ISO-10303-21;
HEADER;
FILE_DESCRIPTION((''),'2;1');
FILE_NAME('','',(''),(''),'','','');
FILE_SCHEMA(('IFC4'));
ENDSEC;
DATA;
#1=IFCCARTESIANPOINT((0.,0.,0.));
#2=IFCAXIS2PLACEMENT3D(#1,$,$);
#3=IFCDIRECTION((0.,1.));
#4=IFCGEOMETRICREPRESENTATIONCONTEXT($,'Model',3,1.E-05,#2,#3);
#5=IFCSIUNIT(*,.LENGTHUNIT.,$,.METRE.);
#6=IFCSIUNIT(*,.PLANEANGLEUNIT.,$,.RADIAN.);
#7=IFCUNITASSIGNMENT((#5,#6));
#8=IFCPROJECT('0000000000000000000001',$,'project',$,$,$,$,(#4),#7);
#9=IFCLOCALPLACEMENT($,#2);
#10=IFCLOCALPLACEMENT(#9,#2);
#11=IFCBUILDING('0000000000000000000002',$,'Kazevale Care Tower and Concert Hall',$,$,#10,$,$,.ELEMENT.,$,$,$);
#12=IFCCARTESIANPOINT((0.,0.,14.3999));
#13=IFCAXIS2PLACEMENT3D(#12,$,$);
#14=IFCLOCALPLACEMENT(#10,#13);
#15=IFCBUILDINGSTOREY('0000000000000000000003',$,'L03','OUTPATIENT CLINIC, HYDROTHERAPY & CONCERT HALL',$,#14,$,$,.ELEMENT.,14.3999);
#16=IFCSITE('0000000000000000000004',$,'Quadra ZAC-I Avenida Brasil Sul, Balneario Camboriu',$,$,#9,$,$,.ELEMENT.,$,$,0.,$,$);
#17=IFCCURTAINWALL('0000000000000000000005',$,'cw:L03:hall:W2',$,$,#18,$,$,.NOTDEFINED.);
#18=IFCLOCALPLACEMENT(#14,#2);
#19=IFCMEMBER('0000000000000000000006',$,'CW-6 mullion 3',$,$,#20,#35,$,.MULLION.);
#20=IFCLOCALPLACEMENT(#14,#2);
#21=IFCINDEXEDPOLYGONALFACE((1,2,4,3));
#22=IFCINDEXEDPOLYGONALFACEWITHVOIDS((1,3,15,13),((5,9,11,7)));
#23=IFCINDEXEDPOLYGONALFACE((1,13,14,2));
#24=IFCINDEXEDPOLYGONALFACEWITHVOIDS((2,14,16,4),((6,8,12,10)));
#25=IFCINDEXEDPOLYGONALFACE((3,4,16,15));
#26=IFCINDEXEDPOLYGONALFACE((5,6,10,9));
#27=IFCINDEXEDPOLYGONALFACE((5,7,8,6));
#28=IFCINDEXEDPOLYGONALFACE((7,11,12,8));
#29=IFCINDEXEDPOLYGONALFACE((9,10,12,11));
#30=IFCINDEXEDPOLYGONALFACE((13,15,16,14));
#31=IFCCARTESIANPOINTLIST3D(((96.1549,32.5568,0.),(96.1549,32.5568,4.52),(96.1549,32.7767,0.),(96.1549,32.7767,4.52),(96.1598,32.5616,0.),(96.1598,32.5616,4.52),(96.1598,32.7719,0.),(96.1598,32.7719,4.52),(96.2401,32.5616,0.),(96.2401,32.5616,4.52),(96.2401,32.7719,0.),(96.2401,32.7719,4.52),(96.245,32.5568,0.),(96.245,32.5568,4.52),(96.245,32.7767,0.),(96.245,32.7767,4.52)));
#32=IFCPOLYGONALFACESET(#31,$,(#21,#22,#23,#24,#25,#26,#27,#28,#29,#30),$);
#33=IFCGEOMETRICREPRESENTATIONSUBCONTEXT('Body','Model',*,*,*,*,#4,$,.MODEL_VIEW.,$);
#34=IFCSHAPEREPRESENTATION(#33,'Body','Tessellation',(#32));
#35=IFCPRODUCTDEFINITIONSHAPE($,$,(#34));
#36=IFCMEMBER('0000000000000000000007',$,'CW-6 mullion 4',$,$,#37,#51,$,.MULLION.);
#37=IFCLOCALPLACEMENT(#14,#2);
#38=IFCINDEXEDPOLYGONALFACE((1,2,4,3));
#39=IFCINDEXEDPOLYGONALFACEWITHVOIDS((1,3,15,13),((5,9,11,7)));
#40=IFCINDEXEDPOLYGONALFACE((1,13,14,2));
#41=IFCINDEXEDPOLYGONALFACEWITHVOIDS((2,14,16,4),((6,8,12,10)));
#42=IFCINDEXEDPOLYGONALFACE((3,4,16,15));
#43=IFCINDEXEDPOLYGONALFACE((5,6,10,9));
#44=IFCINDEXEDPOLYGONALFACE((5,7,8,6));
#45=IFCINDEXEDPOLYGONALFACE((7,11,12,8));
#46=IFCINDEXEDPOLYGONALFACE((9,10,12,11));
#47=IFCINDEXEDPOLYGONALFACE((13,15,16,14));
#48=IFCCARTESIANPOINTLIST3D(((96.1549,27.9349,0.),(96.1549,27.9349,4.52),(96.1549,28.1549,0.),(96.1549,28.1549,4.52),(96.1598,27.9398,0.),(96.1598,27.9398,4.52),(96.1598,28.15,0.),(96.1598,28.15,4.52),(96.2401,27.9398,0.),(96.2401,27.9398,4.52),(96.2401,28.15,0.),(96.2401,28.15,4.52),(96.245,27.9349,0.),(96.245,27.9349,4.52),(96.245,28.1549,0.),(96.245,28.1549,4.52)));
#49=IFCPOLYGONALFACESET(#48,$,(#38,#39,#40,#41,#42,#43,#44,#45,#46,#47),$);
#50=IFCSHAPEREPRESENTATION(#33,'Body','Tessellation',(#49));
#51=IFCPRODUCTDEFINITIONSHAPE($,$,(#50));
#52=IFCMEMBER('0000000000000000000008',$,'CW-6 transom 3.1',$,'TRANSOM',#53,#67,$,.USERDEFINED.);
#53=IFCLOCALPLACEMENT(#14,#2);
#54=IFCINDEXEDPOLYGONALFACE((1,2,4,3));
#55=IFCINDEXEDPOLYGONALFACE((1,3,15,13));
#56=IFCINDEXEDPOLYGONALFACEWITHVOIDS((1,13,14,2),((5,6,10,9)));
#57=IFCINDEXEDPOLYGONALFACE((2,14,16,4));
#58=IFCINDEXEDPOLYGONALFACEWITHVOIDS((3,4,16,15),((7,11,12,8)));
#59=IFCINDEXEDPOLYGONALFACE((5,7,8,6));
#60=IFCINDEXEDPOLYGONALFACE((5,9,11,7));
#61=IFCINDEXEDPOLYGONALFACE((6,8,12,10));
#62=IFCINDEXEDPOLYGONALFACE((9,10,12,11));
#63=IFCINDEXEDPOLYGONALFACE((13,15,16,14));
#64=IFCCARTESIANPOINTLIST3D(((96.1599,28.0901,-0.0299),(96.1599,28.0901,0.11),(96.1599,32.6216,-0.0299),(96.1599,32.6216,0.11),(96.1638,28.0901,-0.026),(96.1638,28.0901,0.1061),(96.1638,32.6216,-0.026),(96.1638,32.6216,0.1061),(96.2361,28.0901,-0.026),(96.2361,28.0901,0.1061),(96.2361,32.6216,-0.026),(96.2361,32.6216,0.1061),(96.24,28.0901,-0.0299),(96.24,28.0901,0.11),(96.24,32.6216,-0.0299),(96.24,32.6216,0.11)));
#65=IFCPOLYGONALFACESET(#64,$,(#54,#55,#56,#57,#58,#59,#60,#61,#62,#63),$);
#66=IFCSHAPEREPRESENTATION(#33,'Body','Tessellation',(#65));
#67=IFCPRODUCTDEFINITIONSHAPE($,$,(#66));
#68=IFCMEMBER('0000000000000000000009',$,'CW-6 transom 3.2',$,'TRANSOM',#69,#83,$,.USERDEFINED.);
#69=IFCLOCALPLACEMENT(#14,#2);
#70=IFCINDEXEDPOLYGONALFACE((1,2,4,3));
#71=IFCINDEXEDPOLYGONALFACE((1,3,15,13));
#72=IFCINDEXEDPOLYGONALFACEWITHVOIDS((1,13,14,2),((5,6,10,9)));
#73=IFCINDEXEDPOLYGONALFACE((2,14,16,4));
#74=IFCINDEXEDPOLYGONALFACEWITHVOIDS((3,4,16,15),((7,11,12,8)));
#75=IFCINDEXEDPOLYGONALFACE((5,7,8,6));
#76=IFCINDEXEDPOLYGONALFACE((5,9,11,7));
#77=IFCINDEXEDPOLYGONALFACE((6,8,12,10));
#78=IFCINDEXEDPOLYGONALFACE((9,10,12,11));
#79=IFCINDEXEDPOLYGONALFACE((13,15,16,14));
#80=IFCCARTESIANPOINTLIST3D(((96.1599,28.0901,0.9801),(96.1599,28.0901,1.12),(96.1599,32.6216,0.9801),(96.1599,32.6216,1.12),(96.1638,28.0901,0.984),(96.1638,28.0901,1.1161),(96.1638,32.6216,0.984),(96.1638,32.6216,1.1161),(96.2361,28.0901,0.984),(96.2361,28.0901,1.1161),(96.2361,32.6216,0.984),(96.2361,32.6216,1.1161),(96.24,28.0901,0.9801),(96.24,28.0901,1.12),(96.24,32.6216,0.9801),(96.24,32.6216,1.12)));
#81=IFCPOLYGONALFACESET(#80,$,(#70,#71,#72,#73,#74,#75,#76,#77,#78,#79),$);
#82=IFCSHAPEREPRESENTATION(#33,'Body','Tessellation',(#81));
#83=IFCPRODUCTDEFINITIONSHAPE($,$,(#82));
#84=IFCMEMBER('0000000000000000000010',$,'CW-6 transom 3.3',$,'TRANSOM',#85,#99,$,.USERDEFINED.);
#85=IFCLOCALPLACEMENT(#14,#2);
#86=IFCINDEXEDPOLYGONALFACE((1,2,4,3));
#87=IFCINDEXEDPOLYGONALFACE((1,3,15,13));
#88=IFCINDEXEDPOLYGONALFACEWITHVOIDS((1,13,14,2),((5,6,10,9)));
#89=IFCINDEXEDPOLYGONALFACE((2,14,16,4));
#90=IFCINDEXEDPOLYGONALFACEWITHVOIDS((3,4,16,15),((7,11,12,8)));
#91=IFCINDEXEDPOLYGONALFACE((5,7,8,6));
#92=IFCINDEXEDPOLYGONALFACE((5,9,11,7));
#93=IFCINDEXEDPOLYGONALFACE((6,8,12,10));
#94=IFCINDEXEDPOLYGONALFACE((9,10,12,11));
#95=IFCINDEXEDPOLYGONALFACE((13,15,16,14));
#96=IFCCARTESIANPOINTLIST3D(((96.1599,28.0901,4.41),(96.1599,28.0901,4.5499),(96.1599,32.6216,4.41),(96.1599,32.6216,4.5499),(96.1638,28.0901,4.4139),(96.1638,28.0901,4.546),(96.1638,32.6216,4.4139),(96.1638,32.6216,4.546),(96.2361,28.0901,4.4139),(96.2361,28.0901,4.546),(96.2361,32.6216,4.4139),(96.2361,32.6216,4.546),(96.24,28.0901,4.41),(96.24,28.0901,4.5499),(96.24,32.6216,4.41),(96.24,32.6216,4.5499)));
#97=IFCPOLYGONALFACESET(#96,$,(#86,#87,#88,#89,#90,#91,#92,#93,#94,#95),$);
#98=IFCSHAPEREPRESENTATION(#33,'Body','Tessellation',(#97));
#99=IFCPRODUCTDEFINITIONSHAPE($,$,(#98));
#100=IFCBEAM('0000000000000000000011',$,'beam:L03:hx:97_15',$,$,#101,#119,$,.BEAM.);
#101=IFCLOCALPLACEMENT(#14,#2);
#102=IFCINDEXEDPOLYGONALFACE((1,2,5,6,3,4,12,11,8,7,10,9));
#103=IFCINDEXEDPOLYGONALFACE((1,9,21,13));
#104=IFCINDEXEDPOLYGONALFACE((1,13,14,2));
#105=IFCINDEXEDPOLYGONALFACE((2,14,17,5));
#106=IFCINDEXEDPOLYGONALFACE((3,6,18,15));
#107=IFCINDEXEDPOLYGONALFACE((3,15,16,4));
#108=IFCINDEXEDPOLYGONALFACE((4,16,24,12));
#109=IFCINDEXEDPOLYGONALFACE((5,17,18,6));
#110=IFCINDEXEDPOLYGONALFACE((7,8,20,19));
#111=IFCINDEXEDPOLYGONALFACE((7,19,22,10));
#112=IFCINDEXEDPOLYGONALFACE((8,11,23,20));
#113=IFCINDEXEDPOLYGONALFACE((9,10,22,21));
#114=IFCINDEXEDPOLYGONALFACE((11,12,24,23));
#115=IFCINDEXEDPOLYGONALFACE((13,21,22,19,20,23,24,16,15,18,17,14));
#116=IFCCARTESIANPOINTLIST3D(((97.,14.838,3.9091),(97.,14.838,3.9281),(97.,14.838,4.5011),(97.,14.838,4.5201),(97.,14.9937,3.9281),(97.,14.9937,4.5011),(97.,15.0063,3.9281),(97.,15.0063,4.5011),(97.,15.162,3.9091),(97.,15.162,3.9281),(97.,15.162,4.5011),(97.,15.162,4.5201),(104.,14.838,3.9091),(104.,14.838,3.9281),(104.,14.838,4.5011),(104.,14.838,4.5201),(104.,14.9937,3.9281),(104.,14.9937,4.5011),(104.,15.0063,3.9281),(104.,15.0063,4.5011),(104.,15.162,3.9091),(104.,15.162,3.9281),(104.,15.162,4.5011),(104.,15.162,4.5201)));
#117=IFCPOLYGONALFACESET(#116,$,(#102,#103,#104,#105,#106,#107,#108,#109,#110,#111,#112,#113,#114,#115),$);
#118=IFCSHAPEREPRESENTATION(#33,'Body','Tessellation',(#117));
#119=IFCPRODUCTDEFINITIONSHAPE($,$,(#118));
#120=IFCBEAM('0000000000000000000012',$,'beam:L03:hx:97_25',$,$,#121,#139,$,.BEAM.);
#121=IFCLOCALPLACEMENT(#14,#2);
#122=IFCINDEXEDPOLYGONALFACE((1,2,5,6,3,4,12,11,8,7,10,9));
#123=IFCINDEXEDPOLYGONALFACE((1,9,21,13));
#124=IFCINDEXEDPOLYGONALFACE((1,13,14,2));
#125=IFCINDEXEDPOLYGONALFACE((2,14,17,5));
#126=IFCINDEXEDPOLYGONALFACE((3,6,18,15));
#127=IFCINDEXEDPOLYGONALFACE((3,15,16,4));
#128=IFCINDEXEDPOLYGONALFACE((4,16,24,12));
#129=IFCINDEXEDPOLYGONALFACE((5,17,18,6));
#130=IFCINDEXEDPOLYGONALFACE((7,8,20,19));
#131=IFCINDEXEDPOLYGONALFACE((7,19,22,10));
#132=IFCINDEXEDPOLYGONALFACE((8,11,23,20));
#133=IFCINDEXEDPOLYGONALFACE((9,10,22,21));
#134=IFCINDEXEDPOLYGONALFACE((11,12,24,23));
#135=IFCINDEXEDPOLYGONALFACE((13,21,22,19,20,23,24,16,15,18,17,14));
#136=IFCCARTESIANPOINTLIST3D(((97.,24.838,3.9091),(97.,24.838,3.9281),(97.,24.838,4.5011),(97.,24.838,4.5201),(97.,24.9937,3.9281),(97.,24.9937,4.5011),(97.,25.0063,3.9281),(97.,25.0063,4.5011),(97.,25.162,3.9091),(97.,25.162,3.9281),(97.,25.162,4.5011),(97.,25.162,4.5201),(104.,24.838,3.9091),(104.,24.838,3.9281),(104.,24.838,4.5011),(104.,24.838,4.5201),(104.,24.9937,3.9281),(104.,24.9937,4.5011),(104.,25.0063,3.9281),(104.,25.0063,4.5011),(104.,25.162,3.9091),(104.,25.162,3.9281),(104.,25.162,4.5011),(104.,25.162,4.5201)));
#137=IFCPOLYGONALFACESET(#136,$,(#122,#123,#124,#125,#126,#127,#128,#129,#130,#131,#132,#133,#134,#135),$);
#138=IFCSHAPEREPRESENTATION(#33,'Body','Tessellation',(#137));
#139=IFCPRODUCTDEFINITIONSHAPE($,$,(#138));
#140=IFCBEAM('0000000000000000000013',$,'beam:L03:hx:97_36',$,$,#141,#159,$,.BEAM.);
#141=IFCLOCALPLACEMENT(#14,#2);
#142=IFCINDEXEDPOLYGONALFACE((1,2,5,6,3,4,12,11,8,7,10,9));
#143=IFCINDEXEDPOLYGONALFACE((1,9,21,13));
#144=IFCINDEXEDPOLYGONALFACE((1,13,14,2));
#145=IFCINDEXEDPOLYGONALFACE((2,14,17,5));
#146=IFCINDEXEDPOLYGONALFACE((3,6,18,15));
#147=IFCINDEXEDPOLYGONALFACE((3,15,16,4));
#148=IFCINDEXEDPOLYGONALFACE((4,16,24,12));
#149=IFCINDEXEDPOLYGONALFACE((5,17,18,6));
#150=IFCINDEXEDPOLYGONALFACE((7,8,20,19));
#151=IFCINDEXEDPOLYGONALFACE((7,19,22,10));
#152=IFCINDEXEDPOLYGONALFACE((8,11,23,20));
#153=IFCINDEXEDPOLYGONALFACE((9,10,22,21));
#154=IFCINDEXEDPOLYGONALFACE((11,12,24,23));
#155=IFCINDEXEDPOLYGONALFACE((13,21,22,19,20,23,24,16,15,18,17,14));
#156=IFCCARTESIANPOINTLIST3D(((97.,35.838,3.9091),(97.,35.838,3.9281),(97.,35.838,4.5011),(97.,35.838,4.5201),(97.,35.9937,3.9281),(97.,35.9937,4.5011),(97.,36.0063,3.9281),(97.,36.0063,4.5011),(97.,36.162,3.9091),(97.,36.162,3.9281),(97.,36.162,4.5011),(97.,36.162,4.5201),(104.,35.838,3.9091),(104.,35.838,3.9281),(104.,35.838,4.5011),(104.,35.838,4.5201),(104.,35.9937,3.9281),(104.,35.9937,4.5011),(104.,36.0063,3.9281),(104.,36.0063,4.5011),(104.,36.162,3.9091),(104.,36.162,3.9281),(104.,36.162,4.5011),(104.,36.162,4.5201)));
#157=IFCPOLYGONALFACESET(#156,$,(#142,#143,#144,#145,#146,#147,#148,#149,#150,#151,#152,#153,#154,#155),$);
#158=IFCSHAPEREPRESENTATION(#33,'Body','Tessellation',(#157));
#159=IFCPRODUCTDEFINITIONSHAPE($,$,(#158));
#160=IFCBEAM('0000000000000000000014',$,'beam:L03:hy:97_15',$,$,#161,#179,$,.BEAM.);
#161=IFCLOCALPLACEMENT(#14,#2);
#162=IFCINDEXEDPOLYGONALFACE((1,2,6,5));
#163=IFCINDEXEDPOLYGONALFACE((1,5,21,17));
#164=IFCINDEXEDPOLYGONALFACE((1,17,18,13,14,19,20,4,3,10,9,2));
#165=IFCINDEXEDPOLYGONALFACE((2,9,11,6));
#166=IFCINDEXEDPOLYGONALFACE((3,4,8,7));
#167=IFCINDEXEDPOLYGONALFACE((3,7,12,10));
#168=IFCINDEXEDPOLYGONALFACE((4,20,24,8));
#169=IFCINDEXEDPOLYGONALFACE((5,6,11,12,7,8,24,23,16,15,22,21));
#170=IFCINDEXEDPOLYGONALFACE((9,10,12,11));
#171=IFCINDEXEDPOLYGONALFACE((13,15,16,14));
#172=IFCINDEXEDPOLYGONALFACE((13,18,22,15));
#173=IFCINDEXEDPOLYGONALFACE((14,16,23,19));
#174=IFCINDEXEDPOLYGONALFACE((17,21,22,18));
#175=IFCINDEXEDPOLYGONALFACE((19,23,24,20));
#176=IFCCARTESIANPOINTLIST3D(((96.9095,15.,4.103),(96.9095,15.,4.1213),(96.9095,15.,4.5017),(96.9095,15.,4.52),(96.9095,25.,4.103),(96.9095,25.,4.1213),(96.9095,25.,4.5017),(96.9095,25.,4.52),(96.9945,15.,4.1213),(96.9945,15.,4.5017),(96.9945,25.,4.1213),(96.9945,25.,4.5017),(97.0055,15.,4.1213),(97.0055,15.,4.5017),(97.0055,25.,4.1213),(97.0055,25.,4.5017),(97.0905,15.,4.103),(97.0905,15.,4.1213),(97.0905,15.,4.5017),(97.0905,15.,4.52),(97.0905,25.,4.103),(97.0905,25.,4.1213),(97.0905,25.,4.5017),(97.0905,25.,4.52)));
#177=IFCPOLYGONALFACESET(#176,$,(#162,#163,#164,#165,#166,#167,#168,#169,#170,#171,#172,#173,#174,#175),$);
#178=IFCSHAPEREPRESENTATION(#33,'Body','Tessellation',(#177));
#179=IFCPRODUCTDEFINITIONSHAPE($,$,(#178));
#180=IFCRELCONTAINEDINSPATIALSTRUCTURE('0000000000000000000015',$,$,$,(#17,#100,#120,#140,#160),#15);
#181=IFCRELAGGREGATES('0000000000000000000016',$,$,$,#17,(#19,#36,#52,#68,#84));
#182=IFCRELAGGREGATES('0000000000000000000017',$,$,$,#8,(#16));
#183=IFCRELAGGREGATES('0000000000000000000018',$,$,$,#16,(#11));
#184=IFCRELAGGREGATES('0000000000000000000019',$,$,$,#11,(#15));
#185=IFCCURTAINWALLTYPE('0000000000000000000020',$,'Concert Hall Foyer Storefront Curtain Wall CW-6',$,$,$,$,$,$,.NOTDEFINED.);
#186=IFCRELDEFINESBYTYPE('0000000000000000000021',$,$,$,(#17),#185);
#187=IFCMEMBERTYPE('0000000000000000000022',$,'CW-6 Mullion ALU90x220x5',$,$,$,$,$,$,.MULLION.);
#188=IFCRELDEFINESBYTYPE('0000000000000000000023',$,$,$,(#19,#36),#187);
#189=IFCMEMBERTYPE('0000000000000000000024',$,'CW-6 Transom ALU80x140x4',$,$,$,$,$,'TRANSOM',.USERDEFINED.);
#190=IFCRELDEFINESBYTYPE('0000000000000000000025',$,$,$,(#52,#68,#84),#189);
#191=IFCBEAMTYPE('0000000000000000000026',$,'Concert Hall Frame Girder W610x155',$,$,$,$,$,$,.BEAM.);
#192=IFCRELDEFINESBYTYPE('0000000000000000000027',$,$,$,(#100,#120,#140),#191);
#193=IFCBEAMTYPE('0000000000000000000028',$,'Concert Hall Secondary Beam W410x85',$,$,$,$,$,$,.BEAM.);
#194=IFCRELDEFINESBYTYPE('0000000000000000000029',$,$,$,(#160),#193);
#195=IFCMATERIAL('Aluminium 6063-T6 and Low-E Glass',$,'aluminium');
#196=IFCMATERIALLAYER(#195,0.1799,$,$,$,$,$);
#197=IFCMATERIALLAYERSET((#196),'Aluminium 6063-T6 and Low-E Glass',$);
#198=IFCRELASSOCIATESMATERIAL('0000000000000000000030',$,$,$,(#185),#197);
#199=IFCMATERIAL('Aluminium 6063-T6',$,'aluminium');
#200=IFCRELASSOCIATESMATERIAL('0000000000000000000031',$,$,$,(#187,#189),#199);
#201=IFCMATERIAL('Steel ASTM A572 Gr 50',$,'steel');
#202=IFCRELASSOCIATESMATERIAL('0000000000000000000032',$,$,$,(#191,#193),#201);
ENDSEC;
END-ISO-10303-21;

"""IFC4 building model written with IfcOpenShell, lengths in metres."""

from ifc_helpers import new_model, si_unit, direction, frame, origin, origin_2d, place, context, subcontext, project, spatial, hollow_rectangle, i_section, extrude, material, layer, layer_set, material_profile, profile_set, type_object, element, aggregate, save


model = new_model("IFC4")

# Units and contexts
model_context = context("Model", 3, precision=1e-05, world=origin(), true_north=direction((0.0, 1.0)))
body_context = subcontext(model_context, "Body", "Model", "MODEL_VIEW")
ifc_project = project(units=[si_unit("LENGTHUNIT", "METRE"), si_unit("PLANEANGLEUNIT", "RADIAN")], contexts=[model_context])

# Site, building, storey
site_placement = place(None, origin())
site = spatial("IfcSite", under=ifc_project, at=site_placement, Name="Quadra ZAC-I Avenida Brasil Sul, Balneario Camboriu", CompositionType="ELEMENT", RefElevation=0.0)
building_placement = place(site_placement, origin())
building = spatial("IfcBuilding", under=site, at=building_placement, Name="Kazevale Care Tower and Concert Hall", CompositionType="ELEMENT")
storey_placement = place(building_placement, frame((0.0, 0.0, 14.3999)))
storey = spatial("IfcBuildingStorey", under=building, at=storey_placement, Name="L03", Description="OUTPATIENT CLINIC, HYDROTHERAPY & CONCERT HALL", CompositionType="ELEMENT", Elevation=14.3999)

# Curtain wall, members
ifc_material_1 = material(Name="Aluminium 6063-T6 and Low-E Glass", Category="aluminium")
ifc_layer_1 = layer(ifc_material_1, 0.1799)
ifc_layer_set_1 = layer_set([ifc_layer_1], Name="Aluminium 6063-T6 and Low-E Glass")
curtain_wall_type = type_object("IfcCurtainWallType", Name="Concert Hall Foyer Storefront Curtain Wall CW-6", PredefinedType="NOTDEFINED", material=ifc_layer_set_1)
curtain_wall_placement = place(storey_placement, origin())
curtain_wall = element("IfcCurtainWall", 1, at=curtain_wall_placement, inside=storey, type_object=curtain_wall_type, Name="cw:L03:hall:W2", PredefinedType="NOTDEFINED")
ifc_material_2 = material(Name="Aluminium 6063-T6", Category="aluminium")
ifc_material_profile_1 = material_profile(ifc_material_2, hollow_rectangle(XDim=0.0901, YDim=0.22, WallThickness=0.0049, at=origin_2d()), Name="ALU90x220x5")
ifc_profile_set_1 = profile_set([ifc_material_profile_1], Name="Aluminium 6063-T6")
member_type_1 = type_object("IfcMemberType", Name="CW-6 Mullion ALU90x220x5", PredefinedType="MULLION", material=ifc_profile_set_1)
member_1_placement = place(storey_placement, frame((96.2, 32.6667, 0.0), z_axis=(0.0, 0.0, 1.0), x_axis=(1.0, 0.0, 0.0)))
member_1 = element("IfcMember", 2, at=member_1_placement, type_object=member_type_1, Name="CW-6 mullion 3", PredefinedType="MULLION", context=body_context, shape_type="SweptSolid", body=[
    extrude(hollow_rectangle(XDim=0.0901, YDim=0.22, WallThickness=0.0049, at=origin_2d()), origin(), (0.0, 0.0, 1.0), 4.52),
])
member_2_placement = place(storey_placement, frame((96.2, 28.0449, 0.0), z_axis=(0.0, 0.0, 1.0), x_axis=(1.0, 0.0, 0.0)))
member_2 = element("IfcMember", 3, at=member_2_placement, type_object=member_type_1, Name="CW-6 mullion 4", PredefinedType="MULLION", context=body_context, shape_type="SweptSolid", body=[
    extrude(hollow_rectangle(XDim=0.0901, YDim=0.22, WallThickness=0.0049, at=origin_2d()), origin(), (0.0, 0.0, 1.0), 4.52),
])
ifc_material_profile_2 = material_profile(ifc_material_2, hollow_rectangle(XDim=0.0801, YDim=0.1399, WallThickness=0.0039, at=origin_2d()), Name="ALU80x140x4")
ifc_profile_set_2 = profile_set([ifc_material_profile_2], Name="Aluminium 6063-T6")
member_type_2 = type_object("IfcMemberType", Name="CW-6 Transom ALU80x140x4", ElementType="TRANSOM", PredefinedType="USERDEFINED", material=ifc_profile_set_2)
member_3_placement = place(storey_placement, frame((96.2, 32.6216, 0.04), z_axis=(0.0, -1.0, 0.0), x_axis=(1.0, 0.0, 0.0)))
member_3 = element("IfcMember", 4, at=member_3_placement, type_object=member_type_2, Name="CW-6 transom 3.1", ObjectType="TRANSOM", PredefinedType="USERDEFINED", context=body_context, shape_type="SweptSolid", body=[
    extrude(hollow_rectangle(XDim=0.0801, YDim=0.1399, WallThickness=0.0039, at=origin_2d()), origin(), (0.0, 0.0, 1.0), 4.5315),
])
member_4_placement = place(storey_placement, frame((96.2, 32.6216, 1.05), z_axis=(0.0, -1.0, 0.0), x_axis=(1.0, 0.0, 0.0)))
member_4 = element("IfcMember", 5, at=member_4_placement, type_object=member_type_2, Name="CW-6 transom 3.2", ObjectType="TRANSOM", PredefinedType="USERDEFINED", context=body_context, shape_type="SweptSolid", body=[
    extrude(hollow_rectangle(XDim=0.0801, YDim=0.1399, WallThickness=0.0039, at=origin_2d()), origin(), (0.0, 0.0, 1.0), 4.5315),
])
member_5_placement = place(storey_placement, frame((96.2, 32.6216, 4.48), z_axis=(0.0, -1.0, 0.0), x_axis=(1.0, 0.0, 0.0)))
member_5 = element("IfcMember", 6, at=member_5_placement, type_object=member_type_2, Name="CW-6 transom 3.3", ObjectType="TRANSOM", PredefinedType="USERDEFINED", context=body_context, shape_type="SweptSolid", body=[
    extrude(hollow_rectangle(XDim=0.0801, YDim=0.1399, WallThickness=0.0039, at=origin_2d()), origin(), (0.0, 0.0, 1.0), 4.5315),
])

# Beams
ifc_material_3 = material(Name="Steel ASTM A572 Gr 50", Category="steel")
ifc_material_profile_3 = material_profile(ifc_material_3, i_section(OverallWidth=0.324, OverallDepth=0.6111, WebThickness=0.0127, FlangeThickness=0.019, at=origin_2d()), Name="W610x155")
ifc_profile_set_3 = profile_set([ifc_material_profile_3], Name="Steel ASTM A572 Gr 50")
beam_type_1 = type_object("IfcBeamType", Name="Concert Hall Frame Girder W610x155", PredefinedType="BEAM", material=ifc_profile_set_3)
for number, where, z_axis, x_axis, name in (
    (7, (97.0, 15.0, 4.2146), (1.0, 0.0, 0.0), (0.0, 1.0, 0.0), "beam:L03:hx:97_15"),
    (8, (97.0, 25.0, 4.2146), (1.0, 0.0, 0.0), (0.0, 1.0, 0.0), "beam:L03:hx:97_25"),
    (9, (97.0, 36.0, 4.2146), (1.0, 0.0, 0.0), (0.0, 1.0, 0.0), "beam:L03:hx:97_36"),
):
    element("IfcBeam", number, at=place(storey_placement, frame(where, z_axis=z_axis, x_axis=x_axis)), inside=storey, type_object=beam_type_1, Name=name, PredefinedType="BEAM", context=body_context, shape_type="SweptSolid", body=[
        extrude(i_section(OverallWidth=0.324, OverallDepth=0.6111, WebThickness=0.0127, FlangeThickness=0.019, at=origin_2d()), origin(), (0.0, 0.0, 1.0), 7.0),
    ])
ifc_material_profile_4 = material_profile(ifc_material_3, i_section(OverallWidth=0.1809, OverallDepth=0.417, WebThickness=0.011, FlangeThickness=0.0183, at=origin_2d()), Name="W410x85")
ifc_profile_set_4 = profile_set([ifc_material_profile_4], Name="Steel ASTM A572 Gr 50")
beam_type_2 = type_object("IfcBeamType", Name="Concert Hall Secondary Beam W410x85", PredefinedType="BEAM", material=ifc_profile_set_4)
beam_1_placement = place(storey_placement, frame((97.0, 15.0, 4.3115), z_axis=(0.0, 1.0, 0.0), x_axis=(-1.0, 0.0, 0.0)))
element("IfcBeam", 10, at=beam_1_placement, inside=storey, type_object=beam_type_2, Name="beam:L03:hy:97_15", PredefinedType="BEAM", context=body_context, shape_type="SweptSolid", body=[
    extrude(i_section(OverallWidth=0.1809, OverallDepth=0.417, WebThickness=0.011, FlangeThickness=0.0183, at=origin_2d()), origin(), (0.0, 0.0, 1.0), 10.0),
])

aggregate(curtain_wall, [member_1, member_2, member_3, member_4, member_5])

save(model, "model.ifc")
